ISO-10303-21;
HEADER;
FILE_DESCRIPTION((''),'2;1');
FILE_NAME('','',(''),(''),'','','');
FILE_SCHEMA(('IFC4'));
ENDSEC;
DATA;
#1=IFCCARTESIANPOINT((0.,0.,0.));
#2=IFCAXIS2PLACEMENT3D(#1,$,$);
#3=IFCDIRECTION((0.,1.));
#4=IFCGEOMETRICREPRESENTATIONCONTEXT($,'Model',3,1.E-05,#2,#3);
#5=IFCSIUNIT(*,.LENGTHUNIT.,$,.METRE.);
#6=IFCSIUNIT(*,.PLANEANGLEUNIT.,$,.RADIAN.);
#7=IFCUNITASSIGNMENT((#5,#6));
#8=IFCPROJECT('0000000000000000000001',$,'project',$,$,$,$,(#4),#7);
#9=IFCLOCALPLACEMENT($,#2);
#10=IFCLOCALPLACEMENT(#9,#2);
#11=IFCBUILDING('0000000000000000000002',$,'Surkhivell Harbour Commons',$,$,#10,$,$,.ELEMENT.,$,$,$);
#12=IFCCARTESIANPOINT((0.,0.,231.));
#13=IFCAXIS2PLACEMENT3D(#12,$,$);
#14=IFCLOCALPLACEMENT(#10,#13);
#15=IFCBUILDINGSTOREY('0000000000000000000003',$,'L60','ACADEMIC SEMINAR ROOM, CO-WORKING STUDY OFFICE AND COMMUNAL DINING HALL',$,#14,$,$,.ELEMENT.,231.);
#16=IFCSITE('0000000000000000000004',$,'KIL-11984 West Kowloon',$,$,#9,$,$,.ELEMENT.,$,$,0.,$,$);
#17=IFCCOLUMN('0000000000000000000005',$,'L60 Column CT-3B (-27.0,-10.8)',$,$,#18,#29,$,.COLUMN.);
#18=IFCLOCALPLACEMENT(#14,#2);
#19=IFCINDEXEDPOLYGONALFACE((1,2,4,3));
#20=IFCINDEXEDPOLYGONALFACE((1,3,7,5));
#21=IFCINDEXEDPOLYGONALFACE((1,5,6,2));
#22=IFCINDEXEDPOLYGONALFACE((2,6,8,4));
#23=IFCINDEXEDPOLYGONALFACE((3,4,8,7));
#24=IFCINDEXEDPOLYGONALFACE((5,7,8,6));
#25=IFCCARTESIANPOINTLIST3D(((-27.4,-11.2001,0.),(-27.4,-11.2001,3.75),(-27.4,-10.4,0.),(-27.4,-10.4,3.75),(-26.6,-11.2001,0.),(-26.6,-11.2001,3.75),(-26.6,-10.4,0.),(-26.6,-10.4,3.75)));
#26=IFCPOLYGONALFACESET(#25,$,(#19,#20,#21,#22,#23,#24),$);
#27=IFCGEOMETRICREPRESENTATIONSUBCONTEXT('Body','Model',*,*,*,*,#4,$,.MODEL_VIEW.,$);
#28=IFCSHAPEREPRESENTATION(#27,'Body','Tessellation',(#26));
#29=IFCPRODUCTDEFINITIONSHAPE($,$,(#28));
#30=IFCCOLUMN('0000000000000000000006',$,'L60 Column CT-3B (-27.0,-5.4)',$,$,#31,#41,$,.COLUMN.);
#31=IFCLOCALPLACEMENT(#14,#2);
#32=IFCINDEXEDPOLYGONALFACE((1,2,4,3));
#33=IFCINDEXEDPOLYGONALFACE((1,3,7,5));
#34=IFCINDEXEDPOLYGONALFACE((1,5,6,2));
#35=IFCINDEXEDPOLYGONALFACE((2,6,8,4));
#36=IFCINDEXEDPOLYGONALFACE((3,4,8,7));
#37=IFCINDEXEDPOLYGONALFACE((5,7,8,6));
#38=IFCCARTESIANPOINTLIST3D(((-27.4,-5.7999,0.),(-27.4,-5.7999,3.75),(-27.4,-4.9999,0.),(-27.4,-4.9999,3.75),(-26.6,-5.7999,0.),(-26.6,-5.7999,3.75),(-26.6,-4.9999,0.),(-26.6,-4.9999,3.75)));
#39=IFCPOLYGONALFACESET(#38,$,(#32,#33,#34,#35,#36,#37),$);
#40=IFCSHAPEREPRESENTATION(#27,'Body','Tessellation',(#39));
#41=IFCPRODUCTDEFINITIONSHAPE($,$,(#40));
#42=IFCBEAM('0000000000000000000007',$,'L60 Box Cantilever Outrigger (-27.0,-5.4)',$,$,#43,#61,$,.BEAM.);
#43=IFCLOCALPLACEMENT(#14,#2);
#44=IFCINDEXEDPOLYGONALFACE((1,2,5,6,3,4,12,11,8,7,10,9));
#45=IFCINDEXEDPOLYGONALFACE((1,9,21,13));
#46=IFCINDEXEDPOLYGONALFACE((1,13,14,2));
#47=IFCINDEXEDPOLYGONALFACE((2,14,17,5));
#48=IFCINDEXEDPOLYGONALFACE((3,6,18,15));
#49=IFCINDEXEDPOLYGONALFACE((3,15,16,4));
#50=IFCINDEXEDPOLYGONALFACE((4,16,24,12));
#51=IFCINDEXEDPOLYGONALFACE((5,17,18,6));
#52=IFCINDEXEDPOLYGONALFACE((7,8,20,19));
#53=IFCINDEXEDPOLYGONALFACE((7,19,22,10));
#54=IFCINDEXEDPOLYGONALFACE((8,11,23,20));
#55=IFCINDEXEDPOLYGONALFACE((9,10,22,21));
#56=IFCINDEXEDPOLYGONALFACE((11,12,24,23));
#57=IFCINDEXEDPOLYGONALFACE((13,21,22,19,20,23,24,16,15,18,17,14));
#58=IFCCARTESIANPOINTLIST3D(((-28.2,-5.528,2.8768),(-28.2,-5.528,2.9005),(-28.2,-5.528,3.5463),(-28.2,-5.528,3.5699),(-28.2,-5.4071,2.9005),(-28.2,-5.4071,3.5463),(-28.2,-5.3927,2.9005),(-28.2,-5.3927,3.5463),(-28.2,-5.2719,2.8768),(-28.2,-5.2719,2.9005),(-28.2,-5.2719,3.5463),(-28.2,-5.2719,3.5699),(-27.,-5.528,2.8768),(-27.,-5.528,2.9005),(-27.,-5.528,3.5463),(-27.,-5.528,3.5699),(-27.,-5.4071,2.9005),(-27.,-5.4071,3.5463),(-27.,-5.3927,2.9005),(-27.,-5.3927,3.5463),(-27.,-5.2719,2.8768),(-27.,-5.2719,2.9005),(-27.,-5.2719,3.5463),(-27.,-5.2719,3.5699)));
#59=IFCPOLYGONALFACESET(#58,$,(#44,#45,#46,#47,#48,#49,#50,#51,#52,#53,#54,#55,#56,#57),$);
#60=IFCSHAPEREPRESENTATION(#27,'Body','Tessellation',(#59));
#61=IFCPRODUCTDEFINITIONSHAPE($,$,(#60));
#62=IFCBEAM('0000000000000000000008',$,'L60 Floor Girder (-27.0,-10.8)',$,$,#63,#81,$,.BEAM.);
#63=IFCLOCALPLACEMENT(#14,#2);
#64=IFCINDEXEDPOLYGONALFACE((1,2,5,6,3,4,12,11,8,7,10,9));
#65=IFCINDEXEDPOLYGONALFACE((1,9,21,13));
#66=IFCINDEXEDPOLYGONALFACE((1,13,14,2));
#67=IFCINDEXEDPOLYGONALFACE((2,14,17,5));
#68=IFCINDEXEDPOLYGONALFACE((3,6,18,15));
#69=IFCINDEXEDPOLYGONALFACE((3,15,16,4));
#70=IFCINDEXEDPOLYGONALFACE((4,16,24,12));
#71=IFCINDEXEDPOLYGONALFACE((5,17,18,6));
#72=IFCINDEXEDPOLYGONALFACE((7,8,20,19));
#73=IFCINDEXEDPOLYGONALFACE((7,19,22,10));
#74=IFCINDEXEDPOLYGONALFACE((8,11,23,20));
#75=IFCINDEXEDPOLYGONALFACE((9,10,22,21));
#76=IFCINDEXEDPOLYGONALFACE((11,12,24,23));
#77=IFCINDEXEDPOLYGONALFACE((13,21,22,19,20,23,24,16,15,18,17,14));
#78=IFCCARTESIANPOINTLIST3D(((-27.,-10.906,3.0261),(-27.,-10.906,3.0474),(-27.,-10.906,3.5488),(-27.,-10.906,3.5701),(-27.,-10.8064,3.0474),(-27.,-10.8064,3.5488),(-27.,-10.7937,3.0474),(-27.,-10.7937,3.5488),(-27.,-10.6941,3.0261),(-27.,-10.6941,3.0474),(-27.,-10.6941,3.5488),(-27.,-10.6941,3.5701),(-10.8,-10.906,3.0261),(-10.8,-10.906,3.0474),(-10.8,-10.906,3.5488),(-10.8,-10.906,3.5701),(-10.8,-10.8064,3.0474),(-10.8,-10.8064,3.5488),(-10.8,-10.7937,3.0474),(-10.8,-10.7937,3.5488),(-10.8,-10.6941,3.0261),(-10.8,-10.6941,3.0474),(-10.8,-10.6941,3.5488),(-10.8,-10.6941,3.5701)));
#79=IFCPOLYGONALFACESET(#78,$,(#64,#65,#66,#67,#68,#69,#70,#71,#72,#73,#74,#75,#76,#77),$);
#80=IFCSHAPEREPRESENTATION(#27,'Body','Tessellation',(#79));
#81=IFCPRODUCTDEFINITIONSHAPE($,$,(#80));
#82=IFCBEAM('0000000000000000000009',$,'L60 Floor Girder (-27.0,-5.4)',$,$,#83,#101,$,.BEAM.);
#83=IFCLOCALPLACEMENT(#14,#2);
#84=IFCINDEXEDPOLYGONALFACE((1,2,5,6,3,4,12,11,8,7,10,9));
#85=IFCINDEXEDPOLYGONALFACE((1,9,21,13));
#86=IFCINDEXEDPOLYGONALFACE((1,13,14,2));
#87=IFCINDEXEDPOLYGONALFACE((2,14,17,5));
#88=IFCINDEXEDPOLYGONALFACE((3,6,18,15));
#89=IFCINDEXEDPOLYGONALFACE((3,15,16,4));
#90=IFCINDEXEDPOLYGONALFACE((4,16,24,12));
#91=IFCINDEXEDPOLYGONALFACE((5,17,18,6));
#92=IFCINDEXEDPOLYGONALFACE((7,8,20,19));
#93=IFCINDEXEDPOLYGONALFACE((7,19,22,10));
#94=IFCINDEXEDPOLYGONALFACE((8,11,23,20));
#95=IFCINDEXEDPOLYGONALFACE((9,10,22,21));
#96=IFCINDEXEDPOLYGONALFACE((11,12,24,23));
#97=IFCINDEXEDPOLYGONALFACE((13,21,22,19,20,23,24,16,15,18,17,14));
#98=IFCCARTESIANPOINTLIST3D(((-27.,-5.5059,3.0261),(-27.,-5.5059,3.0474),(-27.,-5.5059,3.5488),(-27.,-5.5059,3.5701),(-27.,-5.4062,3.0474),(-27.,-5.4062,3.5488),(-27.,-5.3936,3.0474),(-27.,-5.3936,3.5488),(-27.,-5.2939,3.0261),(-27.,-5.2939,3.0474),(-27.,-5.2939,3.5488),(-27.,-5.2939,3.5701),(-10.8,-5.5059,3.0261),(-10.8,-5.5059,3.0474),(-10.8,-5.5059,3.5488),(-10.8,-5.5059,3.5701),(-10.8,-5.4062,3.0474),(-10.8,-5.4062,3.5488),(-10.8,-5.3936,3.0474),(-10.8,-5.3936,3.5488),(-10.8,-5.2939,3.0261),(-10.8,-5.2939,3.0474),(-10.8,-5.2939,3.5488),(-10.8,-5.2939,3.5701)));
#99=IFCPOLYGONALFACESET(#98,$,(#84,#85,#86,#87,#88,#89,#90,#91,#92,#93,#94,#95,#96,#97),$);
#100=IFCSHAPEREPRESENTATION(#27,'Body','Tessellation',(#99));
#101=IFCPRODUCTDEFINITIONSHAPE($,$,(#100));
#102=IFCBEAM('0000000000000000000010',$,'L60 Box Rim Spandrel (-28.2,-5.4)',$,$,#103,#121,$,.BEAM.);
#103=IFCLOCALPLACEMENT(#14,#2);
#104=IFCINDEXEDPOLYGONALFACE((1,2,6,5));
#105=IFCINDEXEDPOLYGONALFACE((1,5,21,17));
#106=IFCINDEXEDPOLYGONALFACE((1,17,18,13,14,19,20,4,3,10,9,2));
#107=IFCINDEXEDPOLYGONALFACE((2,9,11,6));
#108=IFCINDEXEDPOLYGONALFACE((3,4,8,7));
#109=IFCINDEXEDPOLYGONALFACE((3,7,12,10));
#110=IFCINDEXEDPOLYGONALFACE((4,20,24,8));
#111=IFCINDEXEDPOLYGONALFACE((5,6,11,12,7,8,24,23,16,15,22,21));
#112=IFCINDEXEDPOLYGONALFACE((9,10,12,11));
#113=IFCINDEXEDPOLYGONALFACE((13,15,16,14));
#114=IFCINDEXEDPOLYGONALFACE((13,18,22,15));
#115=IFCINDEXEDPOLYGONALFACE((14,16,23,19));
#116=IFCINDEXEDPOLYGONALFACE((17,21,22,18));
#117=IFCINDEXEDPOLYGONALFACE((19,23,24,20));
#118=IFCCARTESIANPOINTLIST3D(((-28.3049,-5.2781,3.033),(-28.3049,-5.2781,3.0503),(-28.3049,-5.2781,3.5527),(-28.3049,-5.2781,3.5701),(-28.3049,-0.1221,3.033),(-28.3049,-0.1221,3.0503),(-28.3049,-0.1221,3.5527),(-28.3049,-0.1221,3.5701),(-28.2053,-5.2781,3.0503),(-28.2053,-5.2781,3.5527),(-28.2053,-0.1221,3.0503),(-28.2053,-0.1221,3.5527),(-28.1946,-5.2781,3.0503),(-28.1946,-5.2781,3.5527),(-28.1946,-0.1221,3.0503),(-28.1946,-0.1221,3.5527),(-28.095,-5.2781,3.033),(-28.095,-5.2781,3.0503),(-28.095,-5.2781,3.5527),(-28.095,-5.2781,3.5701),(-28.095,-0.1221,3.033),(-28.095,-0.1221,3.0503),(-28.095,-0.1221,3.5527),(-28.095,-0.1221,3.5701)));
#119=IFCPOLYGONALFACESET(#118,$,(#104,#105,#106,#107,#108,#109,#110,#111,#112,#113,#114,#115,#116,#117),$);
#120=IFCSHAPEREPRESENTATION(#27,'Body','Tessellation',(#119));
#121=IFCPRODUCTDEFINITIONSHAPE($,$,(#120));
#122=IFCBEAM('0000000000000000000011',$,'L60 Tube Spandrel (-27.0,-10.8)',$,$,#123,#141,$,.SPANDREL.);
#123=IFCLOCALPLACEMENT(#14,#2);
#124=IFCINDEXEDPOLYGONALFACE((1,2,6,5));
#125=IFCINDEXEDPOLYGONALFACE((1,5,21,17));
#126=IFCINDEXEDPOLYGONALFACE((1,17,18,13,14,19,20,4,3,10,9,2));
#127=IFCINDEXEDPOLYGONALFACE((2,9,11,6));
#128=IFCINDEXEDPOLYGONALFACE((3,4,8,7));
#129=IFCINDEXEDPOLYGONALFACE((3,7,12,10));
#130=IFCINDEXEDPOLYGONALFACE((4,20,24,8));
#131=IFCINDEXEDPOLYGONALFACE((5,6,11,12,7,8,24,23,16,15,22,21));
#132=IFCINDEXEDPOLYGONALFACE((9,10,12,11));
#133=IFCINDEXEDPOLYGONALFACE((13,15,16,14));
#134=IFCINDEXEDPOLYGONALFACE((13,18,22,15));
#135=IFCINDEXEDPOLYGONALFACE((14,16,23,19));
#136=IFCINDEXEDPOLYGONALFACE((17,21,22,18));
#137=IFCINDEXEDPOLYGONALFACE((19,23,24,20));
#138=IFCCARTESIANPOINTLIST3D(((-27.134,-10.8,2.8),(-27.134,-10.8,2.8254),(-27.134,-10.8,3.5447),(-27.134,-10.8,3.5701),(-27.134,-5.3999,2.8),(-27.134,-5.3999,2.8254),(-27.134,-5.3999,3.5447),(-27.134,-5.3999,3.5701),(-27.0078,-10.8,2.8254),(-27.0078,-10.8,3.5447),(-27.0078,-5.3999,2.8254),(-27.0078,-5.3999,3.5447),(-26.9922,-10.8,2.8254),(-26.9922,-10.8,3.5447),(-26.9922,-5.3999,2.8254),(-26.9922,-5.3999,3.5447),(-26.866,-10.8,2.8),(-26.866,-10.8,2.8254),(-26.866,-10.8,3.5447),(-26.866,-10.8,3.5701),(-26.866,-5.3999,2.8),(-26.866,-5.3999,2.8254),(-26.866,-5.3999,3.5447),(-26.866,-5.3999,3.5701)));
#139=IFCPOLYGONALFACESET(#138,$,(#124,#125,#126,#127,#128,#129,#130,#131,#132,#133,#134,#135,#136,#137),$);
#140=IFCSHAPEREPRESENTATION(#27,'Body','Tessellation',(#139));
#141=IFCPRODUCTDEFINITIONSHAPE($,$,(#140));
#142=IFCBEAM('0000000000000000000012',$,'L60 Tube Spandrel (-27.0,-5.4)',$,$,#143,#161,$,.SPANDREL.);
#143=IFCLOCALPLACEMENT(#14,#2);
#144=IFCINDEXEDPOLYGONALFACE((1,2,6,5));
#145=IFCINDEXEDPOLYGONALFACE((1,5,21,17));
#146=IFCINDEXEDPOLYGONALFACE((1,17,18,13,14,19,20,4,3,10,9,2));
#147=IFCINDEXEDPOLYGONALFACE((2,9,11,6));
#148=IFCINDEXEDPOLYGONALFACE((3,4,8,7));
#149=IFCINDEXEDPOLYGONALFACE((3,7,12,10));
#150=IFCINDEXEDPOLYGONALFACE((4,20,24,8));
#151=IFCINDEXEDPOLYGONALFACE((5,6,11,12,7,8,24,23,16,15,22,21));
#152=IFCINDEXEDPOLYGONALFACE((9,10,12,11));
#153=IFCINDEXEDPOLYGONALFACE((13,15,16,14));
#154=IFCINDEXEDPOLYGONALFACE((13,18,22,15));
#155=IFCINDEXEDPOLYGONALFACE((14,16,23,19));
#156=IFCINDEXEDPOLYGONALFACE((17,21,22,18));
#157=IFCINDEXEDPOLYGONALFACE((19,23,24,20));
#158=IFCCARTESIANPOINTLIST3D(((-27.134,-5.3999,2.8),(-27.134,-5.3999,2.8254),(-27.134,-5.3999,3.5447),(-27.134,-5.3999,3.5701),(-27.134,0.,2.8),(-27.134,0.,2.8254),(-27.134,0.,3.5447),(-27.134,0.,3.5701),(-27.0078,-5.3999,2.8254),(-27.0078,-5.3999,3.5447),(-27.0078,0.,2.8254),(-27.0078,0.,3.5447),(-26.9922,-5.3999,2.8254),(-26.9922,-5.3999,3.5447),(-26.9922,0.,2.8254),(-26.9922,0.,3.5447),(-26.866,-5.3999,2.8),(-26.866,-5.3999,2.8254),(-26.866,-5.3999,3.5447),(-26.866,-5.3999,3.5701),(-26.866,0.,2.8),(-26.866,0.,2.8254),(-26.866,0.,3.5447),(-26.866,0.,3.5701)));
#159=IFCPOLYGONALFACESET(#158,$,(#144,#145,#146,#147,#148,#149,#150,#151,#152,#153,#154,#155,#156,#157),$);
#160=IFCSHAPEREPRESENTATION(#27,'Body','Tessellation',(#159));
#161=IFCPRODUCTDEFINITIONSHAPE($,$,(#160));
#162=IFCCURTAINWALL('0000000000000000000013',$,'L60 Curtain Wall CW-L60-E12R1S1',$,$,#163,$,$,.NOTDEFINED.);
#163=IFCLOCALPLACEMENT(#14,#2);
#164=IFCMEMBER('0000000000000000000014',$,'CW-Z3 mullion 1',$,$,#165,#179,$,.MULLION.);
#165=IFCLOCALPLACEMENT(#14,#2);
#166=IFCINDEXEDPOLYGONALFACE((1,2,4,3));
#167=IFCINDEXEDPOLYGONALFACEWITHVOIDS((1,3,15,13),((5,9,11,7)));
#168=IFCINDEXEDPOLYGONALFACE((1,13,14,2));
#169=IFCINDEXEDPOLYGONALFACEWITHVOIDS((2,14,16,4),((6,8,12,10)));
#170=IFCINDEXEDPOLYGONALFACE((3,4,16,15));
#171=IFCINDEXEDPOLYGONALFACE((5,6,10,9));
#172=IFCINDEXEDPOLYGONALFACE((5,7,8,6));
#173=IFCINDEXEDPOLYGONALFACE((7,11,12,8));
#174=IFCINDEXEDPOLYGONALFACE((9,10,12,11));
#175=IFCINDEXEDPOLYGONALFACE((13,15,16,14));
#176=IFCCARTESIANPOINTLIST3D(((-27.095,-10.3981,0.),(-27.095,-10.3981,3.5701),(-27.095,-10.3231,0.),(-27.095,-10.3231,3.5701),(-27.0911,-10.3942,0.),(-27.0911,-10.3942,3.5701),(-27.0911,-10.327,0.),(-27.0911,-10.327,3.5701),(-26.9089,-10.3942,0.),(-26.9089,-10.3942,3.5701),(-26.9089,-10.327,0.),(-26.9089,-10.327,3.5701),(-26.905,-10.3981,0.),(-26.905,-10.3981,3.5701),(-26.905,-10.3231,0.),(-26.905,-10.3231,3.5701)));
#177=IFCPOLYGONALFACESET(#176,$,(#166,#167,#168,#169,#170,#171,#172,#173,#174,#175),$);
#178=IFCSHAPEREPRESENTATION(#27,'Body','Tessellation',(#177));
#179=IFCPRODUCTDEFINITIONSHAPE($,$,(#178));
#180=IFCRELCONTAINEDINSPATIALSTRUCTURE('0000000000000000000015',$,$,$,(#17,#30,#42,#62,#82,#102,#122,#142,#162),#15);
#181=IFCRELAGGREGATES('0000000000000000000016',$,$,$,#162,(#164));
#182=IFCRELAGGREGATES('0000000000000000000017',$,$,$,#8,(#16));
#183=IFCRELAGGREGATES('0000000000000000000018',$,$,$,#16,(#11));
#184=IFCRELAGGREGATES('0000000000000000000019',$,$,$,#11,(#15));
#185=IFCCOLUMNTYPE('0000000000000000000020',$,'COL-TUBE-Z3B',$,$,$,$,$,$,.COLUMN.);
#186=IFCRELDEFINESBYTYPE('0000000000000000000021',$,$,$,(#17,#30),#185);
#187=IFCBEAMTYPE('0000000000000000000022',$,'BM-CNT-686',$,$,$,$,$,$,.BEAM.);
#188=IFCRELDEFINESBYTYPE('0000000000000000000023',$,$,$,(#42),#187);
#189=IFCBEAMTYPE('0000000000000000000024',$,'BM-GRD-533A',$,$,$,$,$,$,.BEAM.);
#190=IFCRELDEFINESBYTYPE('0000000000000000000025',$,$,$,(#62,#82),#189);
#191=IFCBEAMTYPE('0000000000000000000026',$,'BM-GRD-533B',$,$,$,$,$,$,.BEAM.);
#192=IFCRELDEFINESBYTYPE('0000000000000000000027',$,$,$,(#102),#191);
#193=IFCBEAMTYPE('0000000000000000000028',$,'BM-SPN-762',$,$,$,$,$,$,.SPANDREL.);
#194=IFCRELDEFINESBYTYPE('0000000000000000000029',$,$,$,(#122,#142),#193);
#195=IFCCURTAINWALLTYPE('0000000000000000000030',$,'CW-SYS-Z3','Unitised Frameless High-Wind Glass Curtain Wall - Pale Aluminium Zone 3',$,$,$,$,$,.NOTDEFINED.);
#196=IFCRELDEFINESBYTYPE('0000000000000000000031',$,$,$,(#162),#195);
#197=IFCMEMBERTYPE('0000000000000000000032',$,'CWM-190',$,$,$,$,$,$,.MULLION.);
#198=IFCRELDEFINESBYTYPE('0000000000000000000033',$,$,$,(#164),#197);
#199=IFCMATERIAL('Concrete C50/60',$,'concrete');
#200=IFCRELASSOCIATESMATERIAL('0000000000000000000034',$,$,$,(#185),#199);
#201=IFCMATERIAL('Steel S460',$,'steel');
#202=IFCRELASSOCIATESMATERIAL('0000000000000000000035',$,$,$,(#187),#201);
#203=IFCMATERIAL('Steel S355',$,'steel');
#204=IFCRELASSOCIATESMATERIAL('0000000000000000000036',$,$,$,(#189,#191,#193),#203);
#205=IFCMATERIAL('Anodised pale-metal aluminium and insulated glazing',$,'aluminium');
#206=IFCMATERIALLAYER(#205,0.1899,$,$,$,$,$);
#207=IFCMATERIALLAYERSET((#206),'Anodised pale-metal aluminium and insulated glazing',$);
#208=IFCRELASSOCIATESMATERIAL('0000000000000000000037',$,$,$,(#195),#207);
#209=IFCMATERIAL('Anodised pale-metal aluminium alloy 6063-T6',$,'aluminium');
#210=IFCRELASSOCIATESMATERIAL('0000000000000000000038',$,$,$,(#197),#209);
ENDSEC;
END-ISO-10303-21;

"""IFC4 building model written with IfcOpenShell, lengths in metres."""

from ifc_helpers import new_model, si_unit, direction, frame, origin, origin_2d, place, context, subcontext, project, spatial, rectangle, hollow_rectangle, i_section, extrude, material, layer, layer_set, material_profile, profile_set, type_object, element, aggregate, save


model = new_model("IFC4")

# Units and contexts
model_context = context("Model", 3, precision=1e-05, world=origin(), true_north=direction((0.0, 1.0)))
body_context = subcontext(model_context, "Body", "Model", "MODEL_VIEW")
ifc_project = project(units=[si_unit("LENGTHUNIT", "METRE"), si_unit("PLANEANGLEUNIT", "RADIAN")], contexts=[model_context])

# Site, building, storey
site_placement = place(None, origin())
site = spatial("IfcSite", under=ifc_project, at=site_placement, Name="KIL-11984 West Kowloon", CompositionType="ELEMENT", RefElevation=0.0)
building_placement = place(site_placement, origin())
building = spatial("IfcBuilding", under=site, at=building_placement, Name="Surkhivell Harbour Commons", CompositionType="ELEMENT")
storey_placement = place(building_placement, frame((0.0, 0.0, 231.0)))
storey = spatial("IfcBuildingStorey", under=building, at=storey_placement, Name="L60", Description="ACADEMIC SEMINAR ROOM, CO-WORKING STUDY OFFICE AND COMMUNAL DINING HALL", CompositionType="ELEMENT", Elevation=231.0)

# Columns
ifc_material_1 = material(Name="Concrete C50/60", Category="concrete")
ifc_material_profile_1 = material_profile(ifc_material_1, rectangle(XDim=0.8, YDim=0.8, at=origin_2d()), Name="RC-COL-800x800")
ifc_profile_set_1 = profile_set([ifc_material_profile_1], Name="Concrete C50/60")
column_type = type_object("IfcColumnType", Name="COL-TUBE-Z3B", PredefinedType="COLUMN", material=ifc_profile_set_1)
for number, where, z_axis, x_axis, name in (
    (1, (-27.0, -10.8, 0.0), (0.0, 0.0, 1.0), (1.0, 0.0, 0.0), "L60 Column CT-3B (-27.0,-10.8)"),
    (2, (-27.0, -5.3999, 0.0), (0.0, 0.0, 1.0), (1.0, 0.0, 0.0), "L60 Column CT-3B (-27.0,-5.4)"),
):
    element("IfcColumn", number, at=place(storey_placement, frame(where, z_axis=z_axis, x_axis=x_axis)), inside=storey, type_object=column_type, Name=name, PredefinedType="COLUMN", context=body_context, shape_type="SweptSolid", body=[
        extrude(rectangle(XDim=0.8, YDim=0.8, at=origin_2d()), origin(), (0.0, 0.0, 1.0), 3.75),
    ])

# Beams
ifc_material_2 = material(Name="Steel S460", Category="steel")
ifc_material_profile_2 = material_profile(ifc_material_2, i_section(OverallWidth=0.2561, OverallDepth=0.6931, WebThickness=0.0144, FlangeThickness=0.0237, at=origin_2d()), Name="UB686x254x170")
ifc_profile_set_2 = profile_set([ifc_material_profile_2], Name="Steel S460")
beam_type_1 = type_object("IfcBeamType", Name="BM-CNT-686", PredefinedType="BEAM", material=ifc_profile_set_2)
beam_1_placement = place(storey_placement, frame((-27.0, -5.3999, 3.2234), z_axis=(-1.0, 0.0, 0.0), x_axis=(0.0, -1.0, 0.0)))
element("IfcBeam", 3, at=beam_1_placement, inside=storey, type_object=beam_type_1, Name="L60 Box Cantilever Outrigger (-27.0,-5.4)", PredefinedType="BEAM", context=body_context, shape_type="SweptSolid", body=[
    extrude(i_section(OverallWidth=0.2561, OverallDepth=0.6931, WebThickness=0.0144, FlangeThickness=0.0237, at=origin_2d()), origin(), (0.0, 0.0, 1.0), 1.2),
])
ifc_material_3 = material(Name="Steel S355", Category="steel")
ifc_material_profile_3 = material_profile(ifc_material_3, i_section(OverallWidth=0.2119, OverallDepth=0.5439, WebThickness=0.0127, FlangeThickness=0.0212, at=origin_2d()), Name="UB533x210x122")
ifc_profile_set_3 = profile_set([ifc_material_profile_3], Name="Steel S355")
beam_type_2 = type_object("IfcBeamType", Name="BM-GRD-533A", PredefinedType="BEAM", material=ifc_profile_set_3)
for number, where, z_axis, x_axis, name in (
    (4, (-27.0, -10.8, 3.2981), (1.0, 0.0, 0.0), (0.0, 1.0, 0.0), "L60 Floor Girder (-27.0,-10.8)"),
    (5, (-27.0, -5.3999, 3.2981), (1.0, 0.0, 0.0), (0.0, 1.0, 0.0), "L60 Floor Girder (-27.0,-5.4)"),
):
    element("IfcBeam", number, at=place(storey_placement, frame(where, z_axis=z_axis, x_axis=x_axis)), inside=storey, type_object=beam_type_2, Name=name, PredefinedType="BEAM", context=body_context, shape_type="SweptSolid", body=[
        extrude(i_section(OverallWidth=0.2119, OverallDepth=0.5439, WebThickness=0.0127, FlangeThickness=0.0212, at=origin_2d()), origin(), (0.0, 0.0, 1.0), 16.2),
    ])
ifc_material_profile_4 = material_profile(ifc_material_3, i_section(OverallWidth=0.21, OverallDepth=0.5371, WebThickness=0.0107, FlangeThickness=0.0173, at=origin_2d()), Name="UB533x210x101")
ifc_profile_set_4 = profile_set([ifc_material_profile_4], Name="Steel S355")
beam_type_3 = type_object("IfcBeamType", Name="BM-GRD-533B", PredefinedType="BEAM", material=ifc_profile_set_4)
beam_2_placement = place(storey_placement, frame((-28.2, -5.2781, 3.3015), z_axis=(0.0, 1.0, 0.0), x_axis=(-1.0, 0.0, 0.0)))
element("IfcBeam", 6, at=beam_2_placement, inside=storey, type_object=beam_type_3, Name="L60 Box Rim Spandrel (-28.2,-5.4)", PredefinedType="BEAM", context=body_context, shape_type="SweptSolid", body=[
    extrude(i_section(OverallWidth=0.21, OverallDepth=0.5371, WebThickness=0.0107, FlangeThickness=0.0173, at=origin_2d()), origin(), (0.0, 0.0, 1.0), 5.156),
])
ifc_material_profile_5 = material_profile(ifc_material_3, i_section(OverallWidth=0.2681, OverallDepth=0.77, WebThickness=0.0156, FlangeThickness=0.0254, at=origin_2d()), Name="UB762x267x197")
ifc_profile_set_5 = profile_set([ifc_material_profile_5], Name="Steel S355")
beam_type_4 = type_object("IfcBeamType", Name="BM-SPN-762", PredefinedType="SPANDREL", material=ifc_profile_set_5)
beam_3_placement = place(storey_placement, frame((-27.0, -10.8, 3.1851), z_axis=(0.0, 1.0, 0.0), x_axis=(-1.0, 0.0, 0.0)))
element("IfcBeam", 7, at=beam_3_placement, inside=storey, type_object=beam_type_4, Name="L60 Tube Spandrel (-27.0,-10.8)", PredefinedType="SPANDREL", context=body_context, shape_type="SweptSolid", body=[
    extrude(i_section(OverallWidth=0.2681, OverallDepth=0.77, WebThickness=0.0156, FlangeThickness=0.0254, at=origin_2d()), origin(), (0.0, 0.0, 1.0), 5.4001),
])
beam_4_placement = place(storey_placement, frame((-27.0, -5.3999, 3.1851), z_axis=(0.0, 1.0, 0.0), x_axis=(-1.0, 0.0, 0.0)))
element("IfcBeam", 8, at=beam_4_placement, inside=storey, type_object=beam_type_4, Name="L60 Tube Spandrel (-27.0,-5.4)", PredefinedType="SPANDREL", context=body_context, shape_type="SweptSolid", body=[
    extrude(i_section(OverallWidth=0.2681, OverallDepth=0.77, WebThickness=0.0156, FlangeThickness=0.0254, at=origin_2d()), origin(), (0.0, 0.0, 1.0), 5.3999),
])

# Curtain wall, member
ifc_material_4 = material(Name="Anodised pale-metal aluminium and insulated glazing", Category="aluminium")
ifc_layer_1 = layer(ifc_material_4, 0.1899)
ifc_layer_set_1 = layer_set([ifc_layer_1], Name="Anodised pale-metal aluminium and insulated glazing")
curtain_wall_type = type_object("IfcCurtainWallType", Name="CW-SYS-Z3", Description="Unitised Frameless High-Wind Glass Curtain Wall - Pale Aluminium Zone 3", PredefinedType="NOTDEFINED", material=ifc_layer_set_1)
curtain_wall_placement = place(storey_placement, origin())
curtain_wall = element("IfcCurtainWall", 9, at=curtain_wall_placement, inside=storey, type_object=curtain_wall_type, Name="L60 Curtain Wall CW-L60-E12R1S1", PredefinedType="NOTDEFINED")
ifc_material_5 = material(Name="Anodised pale-metal aluminium alloy 6063-T6", Category="aluminium")
ifc_material_profile_6 = material_profile(ifc_material_5, hollow_rectangle(XDim=0.075, YDim=0.1899, WallThickness=0.0039, at=origin_2d()), Name="ALU-MULL-75x190")
ifc_profile_set_6 = profile_set([ifc_material_profile_6], Name="Anodised pale-metal aluminium alloy 6063-T6")
member_type_1 = type_object("IfcMemberType", Name="CWM-190", PredefinedType="MULLION", material=ifc_profile_set_6)
member_1_placement = place(storey_placement, frame((-27.0, -10.3606, 0.0), z_axis=(0.0, 0.0, 1.0), x_axis=(0.0, 1.0, 0.0)))
member_1 = element("IfcMember", 10, at=member_1_placement, type_object=member_type_1, Name="CW-Z3 mullion 1", PredefinedType="MULLION", context=body_context, shape_type="SweptSolid", body=[
    extrude(hollow_rectangle(XDim=0.075, YDim=0.1899, WallThickness=0.0039, at=origin_2d()), origin(), (0.0, 0.0, 1.0), 3.5701),
])

aggregate(curtain_wall, [member_1])

save(model, "model.ifc")
